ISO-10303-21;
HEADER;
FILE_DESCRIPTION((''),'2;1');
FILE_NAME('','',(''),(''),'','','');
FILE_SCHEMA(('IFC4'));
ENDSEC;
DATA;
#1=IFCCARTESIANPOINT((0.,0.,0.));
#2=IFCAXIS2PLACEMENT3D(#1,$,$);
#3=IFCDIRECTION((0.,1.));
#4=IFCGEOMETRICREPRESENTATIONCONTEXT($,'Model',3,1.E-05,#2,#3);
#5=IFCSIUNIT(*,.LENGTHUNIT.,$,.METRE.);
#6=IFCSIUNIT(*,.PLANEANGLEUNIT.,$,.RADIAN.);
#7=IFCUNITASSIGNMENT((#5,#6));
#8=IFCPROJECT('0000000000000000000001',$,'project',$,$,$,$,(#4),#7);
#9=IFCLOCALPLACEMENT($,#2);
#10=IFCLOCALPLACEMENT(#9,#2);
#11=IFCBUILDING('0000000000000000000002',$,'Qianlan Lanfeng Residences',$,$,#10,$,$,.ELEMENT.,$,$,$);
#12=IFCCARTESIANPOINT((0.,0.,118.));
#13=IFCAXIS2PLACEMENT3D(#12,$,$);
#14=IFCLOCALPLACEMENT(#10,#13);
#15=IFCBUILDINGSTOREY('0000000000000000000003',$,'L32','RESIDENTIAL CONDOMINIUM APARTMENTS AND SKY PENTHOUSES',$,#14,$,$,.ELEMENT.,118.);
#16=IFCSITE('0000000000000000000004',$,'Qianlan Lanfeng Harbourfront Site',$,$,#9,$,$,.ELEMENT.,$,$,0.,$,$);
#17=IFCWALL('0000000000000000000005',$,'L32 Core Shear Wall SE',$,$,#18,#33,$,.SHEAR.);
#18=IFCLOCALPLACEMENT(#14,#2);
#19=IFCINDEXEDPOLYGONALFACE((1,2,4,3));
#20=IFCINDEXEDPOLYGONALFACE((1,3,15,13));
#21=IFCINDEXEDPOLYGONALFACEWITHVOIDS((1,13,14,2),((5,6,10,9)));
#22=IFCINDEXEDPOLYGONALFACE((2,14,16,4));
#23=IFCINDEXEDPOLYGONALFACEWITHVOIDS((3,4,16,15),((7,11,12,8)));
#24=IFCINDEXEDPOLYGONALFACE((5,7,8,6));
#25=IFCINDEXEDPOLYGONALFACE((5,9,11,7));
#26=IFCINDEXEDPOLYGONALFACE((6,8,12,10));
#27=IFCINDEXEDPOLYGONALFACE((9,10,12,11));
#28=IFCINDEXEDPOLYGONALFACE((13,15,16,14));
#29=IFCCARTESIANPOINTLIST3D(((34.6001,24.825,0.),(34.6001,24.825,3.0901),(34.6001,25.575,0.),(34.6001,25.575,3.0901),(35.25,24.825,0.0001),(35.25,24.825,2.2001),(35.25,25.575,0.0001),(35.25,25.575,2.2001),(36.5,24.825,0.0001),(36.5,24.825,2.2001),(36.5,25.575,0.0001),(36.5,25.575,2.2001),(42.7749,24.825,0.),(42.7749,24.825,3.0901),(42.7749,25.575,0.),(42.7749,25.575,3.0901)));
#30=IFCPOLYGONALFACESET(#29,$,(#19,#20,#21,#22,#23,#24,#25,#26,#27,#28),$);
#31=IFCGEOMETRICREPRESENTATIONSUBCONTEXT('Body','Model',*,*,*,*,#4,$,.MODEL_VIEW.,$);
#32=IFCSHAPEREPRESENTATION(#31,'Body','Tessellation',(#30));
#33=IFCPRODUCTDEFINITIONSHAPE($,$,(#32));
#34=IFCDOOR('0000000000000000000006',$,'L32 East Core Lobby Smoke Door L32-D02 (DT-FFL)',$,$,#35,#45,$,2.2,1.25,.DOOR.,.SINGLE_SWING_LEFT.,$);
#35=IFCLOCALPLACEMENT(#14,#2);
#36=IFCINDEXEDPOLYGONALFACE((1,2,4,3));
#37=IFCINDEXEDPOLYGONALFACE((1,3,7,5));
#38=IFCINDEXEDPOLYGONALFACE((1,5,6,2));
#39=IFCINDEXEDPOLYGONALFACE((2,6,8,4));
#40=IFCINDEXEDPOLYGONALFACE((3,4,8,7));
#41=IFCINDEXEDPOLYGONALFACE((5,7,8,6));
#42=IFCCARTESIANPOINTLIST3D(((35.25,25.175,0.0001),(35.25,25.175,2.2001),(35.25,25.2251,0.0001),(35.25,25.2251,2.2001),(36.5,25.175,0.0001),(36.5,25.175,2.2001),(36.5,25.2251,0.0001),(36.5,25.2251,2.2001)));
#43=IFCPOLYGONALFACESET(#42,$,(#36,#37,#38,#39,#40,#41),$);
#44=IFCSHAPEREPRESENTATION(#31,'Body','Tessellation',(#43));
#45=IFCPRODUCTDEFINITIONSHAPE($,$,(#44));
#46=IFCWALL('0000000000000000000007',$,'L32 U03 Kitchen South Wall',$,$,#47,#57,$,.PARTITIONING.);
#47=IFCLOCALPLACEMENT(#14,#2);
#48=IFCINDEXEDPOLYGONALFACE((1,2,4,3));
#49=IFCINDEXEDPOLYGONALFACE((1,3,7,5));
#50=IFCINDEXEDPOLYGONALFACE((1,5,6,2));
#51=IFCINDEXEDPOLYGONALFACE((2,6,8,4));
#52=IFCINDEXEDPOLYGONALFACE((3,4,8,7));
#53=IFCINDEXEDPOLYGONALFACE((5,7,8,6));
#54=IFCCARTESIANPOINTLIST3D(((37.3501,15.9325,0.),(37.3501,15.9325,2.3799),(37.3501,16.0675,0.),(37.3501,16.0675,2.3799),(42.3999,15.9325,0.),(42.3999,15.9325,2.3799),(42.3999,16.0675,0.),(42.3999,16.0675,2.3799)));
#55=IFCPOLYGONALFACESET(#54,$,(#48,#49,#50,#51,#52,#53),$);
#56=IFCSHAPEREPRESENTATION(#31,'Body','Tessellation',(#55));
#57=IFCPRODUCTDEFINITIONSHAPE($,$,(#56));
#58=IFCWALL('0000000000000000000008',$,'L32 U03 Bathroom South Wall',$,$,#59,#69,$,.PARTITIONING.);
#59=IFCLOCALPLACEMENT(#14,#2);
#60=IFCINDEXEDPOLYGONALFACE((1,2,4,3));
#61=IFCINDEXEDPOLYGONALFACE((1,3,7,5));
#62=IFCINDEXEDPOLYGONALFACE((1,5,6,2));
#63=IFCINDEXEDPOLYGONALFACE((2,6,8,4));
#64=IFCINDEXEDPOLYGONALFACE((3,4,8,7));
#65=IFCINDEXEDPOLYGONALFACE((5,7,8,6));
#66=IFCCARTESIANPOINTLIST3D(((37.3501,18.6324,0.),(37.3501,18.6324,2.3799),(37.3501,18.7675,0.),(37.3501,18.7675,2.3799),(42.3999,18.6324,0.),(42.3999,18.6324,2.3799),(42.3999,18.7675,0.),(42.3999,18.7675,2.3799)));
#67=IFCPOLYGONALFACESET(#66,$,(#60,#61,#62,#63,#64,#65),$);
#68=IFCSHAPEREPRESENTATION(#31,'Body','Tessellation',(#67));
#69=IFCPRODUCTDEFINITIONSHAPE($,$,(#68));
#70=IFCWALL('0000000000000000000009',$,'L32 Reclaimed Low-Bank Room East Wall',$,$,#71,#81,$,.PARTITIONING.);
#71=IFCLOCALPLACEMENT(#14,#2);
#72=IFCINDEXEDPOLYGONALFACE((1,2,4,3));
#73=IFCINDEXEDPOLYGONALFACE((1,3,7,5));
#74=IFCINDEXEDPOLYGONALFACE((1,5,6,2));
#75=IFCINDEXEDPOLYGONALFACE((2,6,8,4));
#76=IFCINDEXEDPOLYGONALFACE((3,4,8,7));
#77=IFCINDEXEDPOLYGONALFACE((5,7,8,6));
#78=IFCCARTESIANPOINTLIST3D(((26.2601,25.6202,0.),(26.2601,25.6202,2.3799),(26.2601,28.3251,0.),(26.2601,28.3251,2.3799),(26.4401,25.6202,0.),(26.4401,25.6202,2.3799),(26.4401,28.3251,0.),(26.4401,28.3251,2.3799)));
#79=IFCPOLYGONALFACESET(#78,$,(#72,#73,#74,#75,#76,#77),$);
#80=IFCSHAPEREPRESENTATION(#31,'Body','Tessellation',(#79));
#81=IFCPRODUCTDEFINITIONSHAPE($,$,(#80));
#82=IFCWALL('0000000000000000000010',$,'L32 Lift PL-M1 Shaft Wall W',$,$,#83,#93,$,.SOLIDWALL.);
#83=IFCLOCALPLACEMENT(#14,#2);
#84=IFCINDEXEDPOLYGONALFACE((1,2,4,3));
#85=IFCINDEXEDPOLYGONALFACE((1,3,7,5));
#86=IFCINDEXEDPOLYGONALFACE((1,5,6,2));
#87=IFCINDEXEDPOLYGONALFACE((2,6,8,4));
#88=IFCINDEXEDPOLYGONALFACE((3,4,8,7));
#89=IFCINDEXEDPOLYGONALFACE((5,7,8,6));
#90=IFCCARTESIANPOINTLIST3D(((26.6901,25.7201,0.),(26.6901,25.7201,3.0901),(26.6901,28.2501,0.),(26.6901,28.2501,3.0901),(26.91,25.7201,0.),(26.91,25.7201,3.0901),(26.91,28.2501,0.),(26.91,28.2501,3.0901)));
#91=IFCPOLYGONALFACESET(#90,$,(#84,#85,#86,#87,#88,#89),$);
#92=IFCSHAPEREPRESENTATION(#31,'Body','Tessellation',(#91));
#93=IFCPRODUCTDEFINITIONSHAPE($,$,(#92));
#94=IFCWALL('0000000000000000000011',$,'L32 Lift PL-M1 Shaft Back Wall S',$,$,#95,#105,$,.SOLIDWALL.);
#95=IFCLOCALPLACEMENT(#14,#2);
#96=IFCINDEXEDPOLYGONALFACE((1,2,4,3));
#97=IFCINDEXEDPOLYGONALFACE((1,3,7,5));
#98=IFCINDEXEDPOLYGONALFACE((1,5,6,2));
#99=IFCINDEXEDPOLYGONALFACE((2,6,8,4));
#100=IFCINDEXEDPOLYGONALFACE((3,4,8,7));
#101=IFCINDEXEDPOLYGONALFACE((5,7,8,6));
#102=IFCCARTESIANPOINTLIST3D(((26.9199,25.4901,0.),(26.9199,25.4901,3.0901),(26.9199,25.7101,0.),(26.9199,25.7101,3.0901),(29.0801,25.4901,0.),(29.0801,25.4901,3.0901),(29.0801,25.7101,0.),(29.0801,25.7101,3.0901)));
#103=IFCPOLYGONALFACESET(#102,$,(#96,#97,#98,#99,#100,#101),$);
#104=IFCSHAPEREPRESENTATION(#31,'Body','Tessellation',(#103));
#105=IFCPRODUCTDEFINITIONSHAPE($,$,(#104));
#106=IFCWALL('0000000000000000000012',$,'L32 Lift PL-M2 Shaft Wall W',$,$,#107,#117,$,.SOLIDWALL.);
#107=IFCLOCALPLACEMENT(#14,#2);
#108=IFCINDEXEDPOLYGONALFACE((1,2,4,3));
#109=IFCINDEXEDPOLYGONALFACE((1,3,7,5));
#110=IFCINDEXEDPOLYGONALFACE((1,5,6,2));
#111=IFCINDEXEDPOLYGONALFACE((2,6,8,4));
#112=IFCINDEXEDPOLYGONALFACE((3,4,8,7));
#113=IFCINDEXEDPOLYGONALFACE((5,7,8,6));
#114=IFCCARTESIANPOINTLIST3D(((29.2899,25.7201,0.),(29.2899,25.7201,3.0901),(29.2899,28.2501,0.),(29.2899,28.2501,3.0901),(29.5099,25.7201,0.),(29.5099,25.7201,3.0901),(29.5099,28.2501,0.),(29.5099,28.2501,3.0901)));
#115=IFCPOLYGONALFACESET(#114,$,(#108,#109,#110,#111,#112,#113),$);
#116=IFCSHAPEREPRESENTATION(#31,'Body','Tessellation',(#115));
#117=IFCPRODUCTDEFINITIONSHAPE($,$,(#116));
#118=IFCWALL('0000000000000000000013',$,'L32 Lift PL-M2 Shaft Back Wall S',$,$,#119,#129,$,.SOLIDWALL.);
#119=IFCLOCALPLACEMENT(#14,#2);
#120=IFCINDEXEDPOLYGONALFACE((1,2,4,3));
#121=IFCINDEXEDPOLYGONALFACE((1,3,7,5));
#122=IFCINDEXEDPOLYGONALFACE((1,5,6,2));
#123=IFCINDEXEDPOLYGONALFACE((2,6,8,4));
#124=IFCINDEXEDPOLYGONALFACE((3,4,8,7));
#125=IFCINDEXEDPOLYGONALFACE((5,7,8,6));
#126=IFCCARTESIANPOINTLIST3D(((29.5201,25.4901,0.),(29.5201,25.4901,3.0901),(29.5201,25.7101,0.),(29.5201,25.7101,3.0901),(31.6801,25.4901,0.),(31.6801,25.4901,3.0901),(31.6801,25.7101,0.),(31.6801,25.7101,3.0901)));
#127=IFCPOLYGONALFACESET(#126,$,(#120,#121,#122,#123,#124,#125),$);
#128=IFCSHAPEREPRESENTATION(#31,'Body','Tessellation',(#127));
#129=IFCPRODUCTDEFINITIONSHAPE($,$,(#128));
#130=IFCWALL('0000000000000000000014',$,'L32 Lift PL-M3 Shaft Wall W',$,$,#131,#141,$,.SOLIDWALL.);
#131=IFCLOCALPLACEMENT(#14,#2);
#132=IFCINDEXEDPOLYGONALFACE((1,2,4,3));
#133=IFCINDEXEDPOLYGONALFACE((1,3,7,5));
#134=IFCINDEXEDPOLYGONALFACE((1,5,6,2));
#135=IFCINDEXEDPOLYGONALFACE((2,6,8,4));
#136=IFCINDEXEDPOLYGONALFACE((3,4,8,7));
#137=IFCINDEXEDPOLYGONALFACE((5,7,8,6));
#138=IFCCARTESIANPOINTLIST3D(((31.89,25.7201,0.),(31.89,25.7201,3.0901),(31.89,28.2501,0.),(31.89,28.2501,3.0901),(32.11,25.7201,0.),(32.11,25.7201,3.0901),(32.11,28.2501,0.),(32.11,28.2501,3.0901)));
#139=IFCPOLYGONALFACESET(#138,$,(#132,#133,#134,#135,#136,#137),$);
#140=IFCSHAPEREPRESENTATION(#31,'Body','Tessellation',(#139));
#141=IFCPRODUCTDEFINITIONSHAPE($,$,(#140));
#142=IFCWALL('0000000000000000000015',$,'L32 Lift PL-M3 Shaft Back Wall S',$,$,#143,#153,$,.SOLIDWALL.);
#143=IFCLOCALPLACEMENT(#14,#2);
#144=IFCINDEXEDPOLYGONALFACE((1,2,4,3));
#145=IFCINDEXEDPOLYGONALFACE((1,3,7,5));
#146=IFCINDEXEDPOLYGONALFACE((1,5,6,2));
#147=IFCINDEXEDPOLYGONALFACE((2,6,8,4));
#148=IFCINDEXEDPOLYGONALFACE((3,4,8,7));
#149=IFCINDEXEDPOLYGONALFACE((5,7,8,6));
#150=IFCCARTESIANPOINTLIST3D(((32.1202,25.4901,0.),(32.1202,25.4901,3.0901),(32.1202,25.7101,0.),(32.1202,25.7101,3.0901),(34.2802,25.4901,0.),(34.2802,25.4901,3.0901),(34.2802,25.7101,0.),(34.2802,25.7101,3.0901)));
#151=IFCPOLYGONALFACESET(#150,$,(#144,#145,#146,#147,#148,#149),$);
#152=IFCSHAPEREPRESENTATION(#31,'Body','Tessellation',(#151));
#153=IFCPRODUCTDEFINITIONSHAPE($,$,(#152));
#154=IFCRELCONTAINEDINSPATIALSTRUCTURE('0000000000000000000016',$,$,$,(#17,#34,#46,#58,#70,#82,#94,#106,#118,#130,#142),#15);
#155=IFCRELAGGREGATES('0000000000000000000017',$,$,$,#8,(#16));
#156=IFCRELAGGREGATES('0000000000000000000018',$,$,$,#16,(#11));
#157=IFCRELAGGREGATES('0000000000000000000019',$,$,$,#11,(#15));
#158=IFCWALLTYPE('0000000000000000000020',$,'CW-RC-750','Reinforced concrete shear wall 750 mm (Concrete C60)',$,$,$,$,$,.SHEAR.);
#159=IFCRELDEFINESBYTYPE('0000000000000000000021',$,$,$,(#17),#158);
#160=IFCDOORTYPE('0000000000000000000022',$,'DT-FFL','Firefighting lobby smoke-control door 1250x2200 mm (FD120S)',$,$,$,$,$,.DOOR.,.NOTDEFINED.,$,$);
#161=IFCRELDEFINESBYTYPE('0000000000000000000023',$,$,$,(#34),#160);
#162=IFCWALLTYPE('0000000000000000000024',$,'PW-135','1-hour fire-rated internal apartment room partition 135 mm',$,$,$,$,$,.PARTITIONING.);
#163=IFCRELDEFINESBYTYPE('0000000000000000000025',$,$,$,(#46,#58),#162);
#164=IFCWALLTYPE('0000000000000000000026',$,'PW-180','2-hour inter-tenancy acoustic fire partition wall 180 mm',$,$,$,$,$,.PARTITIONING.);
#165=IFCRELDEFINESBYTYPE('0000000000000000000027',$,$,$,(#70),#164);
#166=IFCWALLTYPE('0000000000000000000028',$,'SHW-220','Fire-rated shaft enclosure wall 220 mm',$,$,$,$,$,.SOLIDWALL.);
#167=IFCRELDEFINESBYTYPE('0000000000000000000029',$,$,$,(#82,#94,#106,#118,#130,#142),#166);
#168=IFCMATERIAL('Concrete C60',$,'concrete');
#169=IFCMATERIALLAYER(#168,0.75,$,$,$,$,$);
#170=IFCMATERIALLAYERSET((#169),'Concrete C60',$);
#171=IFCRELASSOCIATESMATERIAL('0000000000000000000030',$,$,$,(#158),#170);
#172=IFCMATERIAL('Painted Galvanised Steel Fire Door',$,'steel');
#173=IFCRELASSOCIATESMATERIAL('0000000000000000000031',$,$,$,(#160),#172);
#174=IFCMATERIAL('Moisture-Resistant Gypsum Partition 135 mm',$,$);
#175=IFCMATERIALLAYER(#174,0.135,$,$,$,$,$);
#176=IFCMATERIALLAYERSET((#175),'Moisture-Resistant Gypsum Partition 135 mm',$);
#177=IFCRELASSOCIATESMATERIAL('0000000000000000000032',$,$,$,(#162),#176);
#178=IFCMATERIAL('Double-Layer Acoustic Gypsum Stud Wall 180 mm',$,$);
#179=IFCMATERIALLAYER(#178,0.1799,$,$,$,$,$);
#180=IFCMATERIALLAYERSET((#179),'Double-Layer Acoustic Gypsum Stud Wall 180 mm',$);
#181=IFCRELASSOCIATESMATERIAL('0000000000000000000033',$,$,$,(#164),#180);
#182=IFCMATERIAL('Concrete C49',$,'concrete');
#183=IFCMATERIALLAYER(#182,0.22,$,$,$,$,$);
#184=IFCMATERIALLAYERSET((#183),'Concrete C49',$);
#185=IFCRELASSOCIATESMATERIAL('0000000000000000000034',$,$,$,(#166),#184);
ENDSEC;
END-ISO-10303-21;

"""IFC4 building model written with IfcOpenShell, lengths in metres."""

from ifc_helpers import new_model, si_unit, direction, frame, frame_2d, origin, place, context, subcontext, project, spatial, rectangle, extrude, material, layer, layer_set, type_object, element, fill, save


model = new_model("IFC4")

# Units and contexts
model_context = context("Model", 3, precision=1e-05, world=origin(), true_north=direction((0.0, 1.0)))
body_context = subcontext(model_context, "Body", "Model", "MODEL_VIEW")
ifc_project = project(units=[si_unit("LENGTHUNIT", "METRE"), si_unit("PLANEANGLEUNIT", "RADIAN")], contexts=[model_context])

# Site, building, storey
site_placement = place(None, origin())
site = spatial("IfcSite", under=ifc_project, at=site_placement, Name="Qianlan Lanfeng Harbourfront Site", CompositionType="ELEMENT", RefElevation=0.0)
building_placement = place(site_placement, origin())
building = spatial("IfcBuilding", under=site, at=building_placement, Name="Qianlan Lanfeng Residences", CompositionType="ELEMENT")
storey_placement = place(building_placement, frame((0.0, 0.0, 118.0)))
storey = spatial("IfcBuildingStorey", under=building, at=storey_placement, Name="L32", Description="RESIDENTIAL CONDOMINIUM APARTMENTS AND SKY PENTHOUSES", CompositionType="ELEMENT", Elevation=118.0)

# Wall, opening, door
ifc_material_1 = material(Name="Concrete C60", Category="concrete")
ifc_layer_1 = layer(ifc_material_1, 0.75)
ifc_layer_set_1 = layer_set([ifc_layer_1], Name="Concrete C60")
wall_type_1 = type_object("IfcWallType", Name="CW-RC-750", Description="Reinforced concrete shear wall 750 mm (Concrete C60)", PredefinedType="SHEAR", material=ifc_layer_set_1)
wall_1_placement = place(storey_placement, frame((34.6001, 25.2, 0.0), z_axis=(0.0, 0.0, 1.0), x_axis=(1.0, 0.0, 0.0)))
wall_1 = element("IfcWall", 1, at=wall_1_placement, inside=storey, type_object=wall_type_1, Name="L32 Core Shear Wall SE", PredefinedType="SHEAR", context=body_context, shape_type="SweptSolid", body=[
    extrude(rectangle(XDim=8.1748, YDim=0.75, at=frame_2d((4.0874, 0.0))), origin(), (0.0, 0.0, 1.0), 3.0901),
])
opening_1_placement = place(wall_1_placement, frame((0.6499, 0.0, 0.0)))
opening_1 = element("IfcOpeningElement", 2, at=opening_1_placement, cuts=wall_1, PredefinedType="OPENING", context=body_context, shape_type="SweptSolid", body=[
    extrude(rectangle(XDim=1.25, YDim=2.2, at=frame_2d((0.625, 1.1001))), frame((0.0, 0.385, 0.0), z_axis=(0.0, -1.0, 0.0), x_axis=(1.0, 0.0, 0.0)), (0.0, 0.0, 1.0), 0.77),
])
ifc_material_2 = material(Name="Painted Galvanised Steel Fire Door", Category="steel")
door_type_1 = type_object("IfcDoorType", Name="DT-FFL", Description="Firefighting lobby smoke-control door 1250x2200 mm (FD120S)", OperationType="NOTDEFINED", PredefinedType="DOOR", material=ifc_material_2)
door_1_placement = place(opening_1_placement, frame((1.25, 0.0, 0.0), z_axis=(0.0, 0.0, 1.0), x_axis=(-1.0, 0.0, 0.0)))
door_1 = element("IfcDoor", 3, at=door_1_placement, inside=storey, type_object=door_type_1, Name="L32 East Core Lobby Smoke Door L32-D02 (DT-FFL)", OperationType="SINGLE_SWING_LEFT", OverallHeight=2.2, OverallWidth=1.25, PredefinedType="DOOR", context=body_context, shape_type="SweptSolid", body=[
    extrude(rectangle(XDim=1.25, YDim=2.2, at=frame_2d((0.625, 1.1001))), frame((0.0, 0.0249, 0.0), z_axis=(0.0, -1.0, 0.0), x_axis=(1.0, 0.0, 0.0)), (0.0, 0.0, 1.0), 0.05),
])
fill(opening_1, door_1)

# Walls
ifc_material_3 = material(Name="Moisture-Resistant Gypsum Partition 135 mm")
ifc_layer_2 = layer(ifc_material_3, 0.135)
ifc_layer_set_2 = layer_set([ifc_layer_2], Name="Moisture-Resistant Gypsum Partition 135 mm")
wall_type_2 = type_object("IfcWallType", Name="PW-135", Description="1-hour fire-rated internal apartment room partition 135 mm", PredefinedType="PARTITIONING", material=ifc_layer_set_2)
for number, where, z_axis, x_axis, name in (
    (4, (37.3501, 16.0, 0.0), (0.0, 0.0, 1.0), (1.0, 0.0, 0.0), "L32 U03 Kitchen South Wall"),
    (5, (37.3501, 18.7, 0.0), (0.0, 0.0, 1.0), (1.0, 0.0, 0.0), "L32 U03 Bathroom South Wall"),
):
    element("IfcWall", number, at=place(storey_placement, frame(where, z_axis=z_axis, x_axis=x_axis)), inside=storey, type_object=wall_type_2, Name=name, PredefinedType="PARTITIONING", context=body_context, shape_type="SweptSolid", body=[
        extrude(rectangle(XDim=5.0498, YDim=0.135, at=frame_2d((2.5249, 0.0))), origin(), (0.0, 0.0, 1.0), 2.3799),
    ])

# Shared definitions
ifc_material_4 = material(Name="Double-Layer Acoustic Gypsum Stud Wall 180 mm")
ifc_layer_3 = layer(ifc_material_4, 0.1799)
ifc_layer_set_3 = layer_set([ifc_layer_3], Name="Double-Layer Acoustic Gypsum Stud Wall 180 mm")
wall_type_3 = type_object("IfcWallType", Name="PW-180", Description="2-hour inter-tenancy acoustic fire partition wall 180 mm", PredefinedType="PARTITIONING", material=ifc_layer_set_3)

# Walls
wall_2_placement = place(storey_placement, frame((26.3501, 25.6201, 0.0), z_axis=(0.0, 0.0, 1.0), x_axis=(0.0, 1.0, 0.0)))
element("IfcWall", 6, at=wall_2_placement, inside=storey, type_object=wall_type_3, Name="L32 Reclaimed Low-Bank Room East Wall", PredefinedType="PARTITIONING", context=body_context, shape_type="SweptSolid", body=[
    extrude(rectangle(XDim=2.7048, YDim=0.1799, at=frame_2d((1.3525, 0.0))), origin(), (0.0, 0.0, 1.0), 2.3799),
])
ifc_material_5 = material(Name="Concrete C49", Category="concrete")
ifc_layer_4 = layer(ifc_material_5, 0.22)
ifc_layer_set_4 = layer_set([ifc_layer_4], Name="Concrete C49")
wall_type_4 = type_object("IfcWallType", Name="SHW-220", Description="Fire-rated shaft enclosure wall 220 mm", PredefinedType="SOLIDWALL", material=ifc_layer_set_4)
wall_3_placement = place(storey_placement, frame((26.8, 25.72, 0.0), z_axis=(0.0, 0.0, 1.0), x_axis=(0.0, 1.0, 0.0)))
element("IfcWall", 7, at=wall_3_placement, inside=storey, type_object=wall_type_4, Name="L32 Lift PL-M1 Shaft Wall W", PredefinedType="SOLIDWALL", context=body_context, shape_type="SweptSolid", body=[
    extrude(rectangle(XDim=2.53, YDim=0.22, at=frame_2d((1.2651, 0.0))), origin(), (0.0, 0.0, 1.0), 3.0901),
])
wall_4_placement = place(storey_placement, frame((26.9199, 25.6001, 0.0), z_axis=(0.0, 0.0, 1.0), x_axis=(1.0, 0.0, 0.0)))
element("IfcWall", 8, at=wall_4_placement, inside=storey, type_object=wall_type_4, Name="L32 Lift PL-M1 Shaft Back Wall S", PredefinedType="SOLIDWALL", context=body_context, shape_type="SweptSolid", body=[
    extrude(rectangle(XDim=2.1602, YDim=0.22, at=frame_2d((1.0801, 0.0))), origin(), (0.0, 0.0, 1.0), 3.0901),
])
wall_5_placement = place(storey_placement, frame((29.3999, 25.72, 0.0), z_axis=(0.0, 0.0, 1.0), x_axis=(0.0, 1.0, 0.0)))
element("IfcWall", 9, at=wall_5_placement, inside=storey, type_object=wall_type_4, Name="L32 Lift PL-M2 Shaft Wall W", PredefinedType="SOLIDWALL", context=body_context, shape_type="SweptSolid", body=[
    extrude(rectangle(XDim=2.53, YDim=0.22, at=frame_2d((1.2651, 0.0))), origin(), (0.0, 0.0, 1.0), 3.0901),
])
wall_6_placement = place(storey_placement, frame((29.52, 25.6001, 0.0), z_axis=(0.0, 0.0, 1.0), x_axis=(1.0, 0.0, 0.0)))
element("IfcWall", 10, at=wall_6_placement, inside=storey, type_object=wall_type_4, Name="L32 Lift PL-M2 Shaft Back Wall S", PredefinedType="SOLIDWALL", context=body_context, shape_type="SweptSolid", body=[
    extrude(rectangle(XDim=2.1599, YDim=0.22, at=frame_2d((1.0801, 0.0))), origin(), (0.0, 0.0, 1.0), 3.0901),
])
wall_7_placement = place(storey_placement, frame((32.0, 25.72, 0.0), z_axis=(0.0, 0.0, 1.0), x_axis=(0.0, 1.0, 0.0)))
element("IfcWall", 11, at=wall_7_placement, inside=storey, type_object=wall_type_4, Name="L32 Lift PL-M3 Shaft Wall W", PredefinedType="SOLIDWALL", context=body_context, shape_type="SweptSolid", body=[
    extrude(rectangle(XDim=2.53, YDim=0.22, at=frame_2d((1.2651, 0.0))), origin(), (0.0, 0.0, 1.0), 3.0901),
])
wall_8_placement = place(storey_placement, frame((32.1201, 25.6001, 0.0), z_axis=(0.0, 0.0, 1.0), x_axis=(1.0, 0.0, 0.0)))
element("IfcWall", 12, at=wall_8_placement, inside=storey, type_object=wall_type_4, Name="L32 Lift PL-M3 Shaft Back Wall S", PredefinedType="SOLIDWALL", context=body_context, shape_type="SweptSolid", body=[
    extrude(rectangle(XDim=2.1599, YDim=0.22, at=frame_2d((1.0801, 0.0))), origin(), (0.0, 0.0, 1.0), 3.0901),
])

save(model, "model.ifc")
